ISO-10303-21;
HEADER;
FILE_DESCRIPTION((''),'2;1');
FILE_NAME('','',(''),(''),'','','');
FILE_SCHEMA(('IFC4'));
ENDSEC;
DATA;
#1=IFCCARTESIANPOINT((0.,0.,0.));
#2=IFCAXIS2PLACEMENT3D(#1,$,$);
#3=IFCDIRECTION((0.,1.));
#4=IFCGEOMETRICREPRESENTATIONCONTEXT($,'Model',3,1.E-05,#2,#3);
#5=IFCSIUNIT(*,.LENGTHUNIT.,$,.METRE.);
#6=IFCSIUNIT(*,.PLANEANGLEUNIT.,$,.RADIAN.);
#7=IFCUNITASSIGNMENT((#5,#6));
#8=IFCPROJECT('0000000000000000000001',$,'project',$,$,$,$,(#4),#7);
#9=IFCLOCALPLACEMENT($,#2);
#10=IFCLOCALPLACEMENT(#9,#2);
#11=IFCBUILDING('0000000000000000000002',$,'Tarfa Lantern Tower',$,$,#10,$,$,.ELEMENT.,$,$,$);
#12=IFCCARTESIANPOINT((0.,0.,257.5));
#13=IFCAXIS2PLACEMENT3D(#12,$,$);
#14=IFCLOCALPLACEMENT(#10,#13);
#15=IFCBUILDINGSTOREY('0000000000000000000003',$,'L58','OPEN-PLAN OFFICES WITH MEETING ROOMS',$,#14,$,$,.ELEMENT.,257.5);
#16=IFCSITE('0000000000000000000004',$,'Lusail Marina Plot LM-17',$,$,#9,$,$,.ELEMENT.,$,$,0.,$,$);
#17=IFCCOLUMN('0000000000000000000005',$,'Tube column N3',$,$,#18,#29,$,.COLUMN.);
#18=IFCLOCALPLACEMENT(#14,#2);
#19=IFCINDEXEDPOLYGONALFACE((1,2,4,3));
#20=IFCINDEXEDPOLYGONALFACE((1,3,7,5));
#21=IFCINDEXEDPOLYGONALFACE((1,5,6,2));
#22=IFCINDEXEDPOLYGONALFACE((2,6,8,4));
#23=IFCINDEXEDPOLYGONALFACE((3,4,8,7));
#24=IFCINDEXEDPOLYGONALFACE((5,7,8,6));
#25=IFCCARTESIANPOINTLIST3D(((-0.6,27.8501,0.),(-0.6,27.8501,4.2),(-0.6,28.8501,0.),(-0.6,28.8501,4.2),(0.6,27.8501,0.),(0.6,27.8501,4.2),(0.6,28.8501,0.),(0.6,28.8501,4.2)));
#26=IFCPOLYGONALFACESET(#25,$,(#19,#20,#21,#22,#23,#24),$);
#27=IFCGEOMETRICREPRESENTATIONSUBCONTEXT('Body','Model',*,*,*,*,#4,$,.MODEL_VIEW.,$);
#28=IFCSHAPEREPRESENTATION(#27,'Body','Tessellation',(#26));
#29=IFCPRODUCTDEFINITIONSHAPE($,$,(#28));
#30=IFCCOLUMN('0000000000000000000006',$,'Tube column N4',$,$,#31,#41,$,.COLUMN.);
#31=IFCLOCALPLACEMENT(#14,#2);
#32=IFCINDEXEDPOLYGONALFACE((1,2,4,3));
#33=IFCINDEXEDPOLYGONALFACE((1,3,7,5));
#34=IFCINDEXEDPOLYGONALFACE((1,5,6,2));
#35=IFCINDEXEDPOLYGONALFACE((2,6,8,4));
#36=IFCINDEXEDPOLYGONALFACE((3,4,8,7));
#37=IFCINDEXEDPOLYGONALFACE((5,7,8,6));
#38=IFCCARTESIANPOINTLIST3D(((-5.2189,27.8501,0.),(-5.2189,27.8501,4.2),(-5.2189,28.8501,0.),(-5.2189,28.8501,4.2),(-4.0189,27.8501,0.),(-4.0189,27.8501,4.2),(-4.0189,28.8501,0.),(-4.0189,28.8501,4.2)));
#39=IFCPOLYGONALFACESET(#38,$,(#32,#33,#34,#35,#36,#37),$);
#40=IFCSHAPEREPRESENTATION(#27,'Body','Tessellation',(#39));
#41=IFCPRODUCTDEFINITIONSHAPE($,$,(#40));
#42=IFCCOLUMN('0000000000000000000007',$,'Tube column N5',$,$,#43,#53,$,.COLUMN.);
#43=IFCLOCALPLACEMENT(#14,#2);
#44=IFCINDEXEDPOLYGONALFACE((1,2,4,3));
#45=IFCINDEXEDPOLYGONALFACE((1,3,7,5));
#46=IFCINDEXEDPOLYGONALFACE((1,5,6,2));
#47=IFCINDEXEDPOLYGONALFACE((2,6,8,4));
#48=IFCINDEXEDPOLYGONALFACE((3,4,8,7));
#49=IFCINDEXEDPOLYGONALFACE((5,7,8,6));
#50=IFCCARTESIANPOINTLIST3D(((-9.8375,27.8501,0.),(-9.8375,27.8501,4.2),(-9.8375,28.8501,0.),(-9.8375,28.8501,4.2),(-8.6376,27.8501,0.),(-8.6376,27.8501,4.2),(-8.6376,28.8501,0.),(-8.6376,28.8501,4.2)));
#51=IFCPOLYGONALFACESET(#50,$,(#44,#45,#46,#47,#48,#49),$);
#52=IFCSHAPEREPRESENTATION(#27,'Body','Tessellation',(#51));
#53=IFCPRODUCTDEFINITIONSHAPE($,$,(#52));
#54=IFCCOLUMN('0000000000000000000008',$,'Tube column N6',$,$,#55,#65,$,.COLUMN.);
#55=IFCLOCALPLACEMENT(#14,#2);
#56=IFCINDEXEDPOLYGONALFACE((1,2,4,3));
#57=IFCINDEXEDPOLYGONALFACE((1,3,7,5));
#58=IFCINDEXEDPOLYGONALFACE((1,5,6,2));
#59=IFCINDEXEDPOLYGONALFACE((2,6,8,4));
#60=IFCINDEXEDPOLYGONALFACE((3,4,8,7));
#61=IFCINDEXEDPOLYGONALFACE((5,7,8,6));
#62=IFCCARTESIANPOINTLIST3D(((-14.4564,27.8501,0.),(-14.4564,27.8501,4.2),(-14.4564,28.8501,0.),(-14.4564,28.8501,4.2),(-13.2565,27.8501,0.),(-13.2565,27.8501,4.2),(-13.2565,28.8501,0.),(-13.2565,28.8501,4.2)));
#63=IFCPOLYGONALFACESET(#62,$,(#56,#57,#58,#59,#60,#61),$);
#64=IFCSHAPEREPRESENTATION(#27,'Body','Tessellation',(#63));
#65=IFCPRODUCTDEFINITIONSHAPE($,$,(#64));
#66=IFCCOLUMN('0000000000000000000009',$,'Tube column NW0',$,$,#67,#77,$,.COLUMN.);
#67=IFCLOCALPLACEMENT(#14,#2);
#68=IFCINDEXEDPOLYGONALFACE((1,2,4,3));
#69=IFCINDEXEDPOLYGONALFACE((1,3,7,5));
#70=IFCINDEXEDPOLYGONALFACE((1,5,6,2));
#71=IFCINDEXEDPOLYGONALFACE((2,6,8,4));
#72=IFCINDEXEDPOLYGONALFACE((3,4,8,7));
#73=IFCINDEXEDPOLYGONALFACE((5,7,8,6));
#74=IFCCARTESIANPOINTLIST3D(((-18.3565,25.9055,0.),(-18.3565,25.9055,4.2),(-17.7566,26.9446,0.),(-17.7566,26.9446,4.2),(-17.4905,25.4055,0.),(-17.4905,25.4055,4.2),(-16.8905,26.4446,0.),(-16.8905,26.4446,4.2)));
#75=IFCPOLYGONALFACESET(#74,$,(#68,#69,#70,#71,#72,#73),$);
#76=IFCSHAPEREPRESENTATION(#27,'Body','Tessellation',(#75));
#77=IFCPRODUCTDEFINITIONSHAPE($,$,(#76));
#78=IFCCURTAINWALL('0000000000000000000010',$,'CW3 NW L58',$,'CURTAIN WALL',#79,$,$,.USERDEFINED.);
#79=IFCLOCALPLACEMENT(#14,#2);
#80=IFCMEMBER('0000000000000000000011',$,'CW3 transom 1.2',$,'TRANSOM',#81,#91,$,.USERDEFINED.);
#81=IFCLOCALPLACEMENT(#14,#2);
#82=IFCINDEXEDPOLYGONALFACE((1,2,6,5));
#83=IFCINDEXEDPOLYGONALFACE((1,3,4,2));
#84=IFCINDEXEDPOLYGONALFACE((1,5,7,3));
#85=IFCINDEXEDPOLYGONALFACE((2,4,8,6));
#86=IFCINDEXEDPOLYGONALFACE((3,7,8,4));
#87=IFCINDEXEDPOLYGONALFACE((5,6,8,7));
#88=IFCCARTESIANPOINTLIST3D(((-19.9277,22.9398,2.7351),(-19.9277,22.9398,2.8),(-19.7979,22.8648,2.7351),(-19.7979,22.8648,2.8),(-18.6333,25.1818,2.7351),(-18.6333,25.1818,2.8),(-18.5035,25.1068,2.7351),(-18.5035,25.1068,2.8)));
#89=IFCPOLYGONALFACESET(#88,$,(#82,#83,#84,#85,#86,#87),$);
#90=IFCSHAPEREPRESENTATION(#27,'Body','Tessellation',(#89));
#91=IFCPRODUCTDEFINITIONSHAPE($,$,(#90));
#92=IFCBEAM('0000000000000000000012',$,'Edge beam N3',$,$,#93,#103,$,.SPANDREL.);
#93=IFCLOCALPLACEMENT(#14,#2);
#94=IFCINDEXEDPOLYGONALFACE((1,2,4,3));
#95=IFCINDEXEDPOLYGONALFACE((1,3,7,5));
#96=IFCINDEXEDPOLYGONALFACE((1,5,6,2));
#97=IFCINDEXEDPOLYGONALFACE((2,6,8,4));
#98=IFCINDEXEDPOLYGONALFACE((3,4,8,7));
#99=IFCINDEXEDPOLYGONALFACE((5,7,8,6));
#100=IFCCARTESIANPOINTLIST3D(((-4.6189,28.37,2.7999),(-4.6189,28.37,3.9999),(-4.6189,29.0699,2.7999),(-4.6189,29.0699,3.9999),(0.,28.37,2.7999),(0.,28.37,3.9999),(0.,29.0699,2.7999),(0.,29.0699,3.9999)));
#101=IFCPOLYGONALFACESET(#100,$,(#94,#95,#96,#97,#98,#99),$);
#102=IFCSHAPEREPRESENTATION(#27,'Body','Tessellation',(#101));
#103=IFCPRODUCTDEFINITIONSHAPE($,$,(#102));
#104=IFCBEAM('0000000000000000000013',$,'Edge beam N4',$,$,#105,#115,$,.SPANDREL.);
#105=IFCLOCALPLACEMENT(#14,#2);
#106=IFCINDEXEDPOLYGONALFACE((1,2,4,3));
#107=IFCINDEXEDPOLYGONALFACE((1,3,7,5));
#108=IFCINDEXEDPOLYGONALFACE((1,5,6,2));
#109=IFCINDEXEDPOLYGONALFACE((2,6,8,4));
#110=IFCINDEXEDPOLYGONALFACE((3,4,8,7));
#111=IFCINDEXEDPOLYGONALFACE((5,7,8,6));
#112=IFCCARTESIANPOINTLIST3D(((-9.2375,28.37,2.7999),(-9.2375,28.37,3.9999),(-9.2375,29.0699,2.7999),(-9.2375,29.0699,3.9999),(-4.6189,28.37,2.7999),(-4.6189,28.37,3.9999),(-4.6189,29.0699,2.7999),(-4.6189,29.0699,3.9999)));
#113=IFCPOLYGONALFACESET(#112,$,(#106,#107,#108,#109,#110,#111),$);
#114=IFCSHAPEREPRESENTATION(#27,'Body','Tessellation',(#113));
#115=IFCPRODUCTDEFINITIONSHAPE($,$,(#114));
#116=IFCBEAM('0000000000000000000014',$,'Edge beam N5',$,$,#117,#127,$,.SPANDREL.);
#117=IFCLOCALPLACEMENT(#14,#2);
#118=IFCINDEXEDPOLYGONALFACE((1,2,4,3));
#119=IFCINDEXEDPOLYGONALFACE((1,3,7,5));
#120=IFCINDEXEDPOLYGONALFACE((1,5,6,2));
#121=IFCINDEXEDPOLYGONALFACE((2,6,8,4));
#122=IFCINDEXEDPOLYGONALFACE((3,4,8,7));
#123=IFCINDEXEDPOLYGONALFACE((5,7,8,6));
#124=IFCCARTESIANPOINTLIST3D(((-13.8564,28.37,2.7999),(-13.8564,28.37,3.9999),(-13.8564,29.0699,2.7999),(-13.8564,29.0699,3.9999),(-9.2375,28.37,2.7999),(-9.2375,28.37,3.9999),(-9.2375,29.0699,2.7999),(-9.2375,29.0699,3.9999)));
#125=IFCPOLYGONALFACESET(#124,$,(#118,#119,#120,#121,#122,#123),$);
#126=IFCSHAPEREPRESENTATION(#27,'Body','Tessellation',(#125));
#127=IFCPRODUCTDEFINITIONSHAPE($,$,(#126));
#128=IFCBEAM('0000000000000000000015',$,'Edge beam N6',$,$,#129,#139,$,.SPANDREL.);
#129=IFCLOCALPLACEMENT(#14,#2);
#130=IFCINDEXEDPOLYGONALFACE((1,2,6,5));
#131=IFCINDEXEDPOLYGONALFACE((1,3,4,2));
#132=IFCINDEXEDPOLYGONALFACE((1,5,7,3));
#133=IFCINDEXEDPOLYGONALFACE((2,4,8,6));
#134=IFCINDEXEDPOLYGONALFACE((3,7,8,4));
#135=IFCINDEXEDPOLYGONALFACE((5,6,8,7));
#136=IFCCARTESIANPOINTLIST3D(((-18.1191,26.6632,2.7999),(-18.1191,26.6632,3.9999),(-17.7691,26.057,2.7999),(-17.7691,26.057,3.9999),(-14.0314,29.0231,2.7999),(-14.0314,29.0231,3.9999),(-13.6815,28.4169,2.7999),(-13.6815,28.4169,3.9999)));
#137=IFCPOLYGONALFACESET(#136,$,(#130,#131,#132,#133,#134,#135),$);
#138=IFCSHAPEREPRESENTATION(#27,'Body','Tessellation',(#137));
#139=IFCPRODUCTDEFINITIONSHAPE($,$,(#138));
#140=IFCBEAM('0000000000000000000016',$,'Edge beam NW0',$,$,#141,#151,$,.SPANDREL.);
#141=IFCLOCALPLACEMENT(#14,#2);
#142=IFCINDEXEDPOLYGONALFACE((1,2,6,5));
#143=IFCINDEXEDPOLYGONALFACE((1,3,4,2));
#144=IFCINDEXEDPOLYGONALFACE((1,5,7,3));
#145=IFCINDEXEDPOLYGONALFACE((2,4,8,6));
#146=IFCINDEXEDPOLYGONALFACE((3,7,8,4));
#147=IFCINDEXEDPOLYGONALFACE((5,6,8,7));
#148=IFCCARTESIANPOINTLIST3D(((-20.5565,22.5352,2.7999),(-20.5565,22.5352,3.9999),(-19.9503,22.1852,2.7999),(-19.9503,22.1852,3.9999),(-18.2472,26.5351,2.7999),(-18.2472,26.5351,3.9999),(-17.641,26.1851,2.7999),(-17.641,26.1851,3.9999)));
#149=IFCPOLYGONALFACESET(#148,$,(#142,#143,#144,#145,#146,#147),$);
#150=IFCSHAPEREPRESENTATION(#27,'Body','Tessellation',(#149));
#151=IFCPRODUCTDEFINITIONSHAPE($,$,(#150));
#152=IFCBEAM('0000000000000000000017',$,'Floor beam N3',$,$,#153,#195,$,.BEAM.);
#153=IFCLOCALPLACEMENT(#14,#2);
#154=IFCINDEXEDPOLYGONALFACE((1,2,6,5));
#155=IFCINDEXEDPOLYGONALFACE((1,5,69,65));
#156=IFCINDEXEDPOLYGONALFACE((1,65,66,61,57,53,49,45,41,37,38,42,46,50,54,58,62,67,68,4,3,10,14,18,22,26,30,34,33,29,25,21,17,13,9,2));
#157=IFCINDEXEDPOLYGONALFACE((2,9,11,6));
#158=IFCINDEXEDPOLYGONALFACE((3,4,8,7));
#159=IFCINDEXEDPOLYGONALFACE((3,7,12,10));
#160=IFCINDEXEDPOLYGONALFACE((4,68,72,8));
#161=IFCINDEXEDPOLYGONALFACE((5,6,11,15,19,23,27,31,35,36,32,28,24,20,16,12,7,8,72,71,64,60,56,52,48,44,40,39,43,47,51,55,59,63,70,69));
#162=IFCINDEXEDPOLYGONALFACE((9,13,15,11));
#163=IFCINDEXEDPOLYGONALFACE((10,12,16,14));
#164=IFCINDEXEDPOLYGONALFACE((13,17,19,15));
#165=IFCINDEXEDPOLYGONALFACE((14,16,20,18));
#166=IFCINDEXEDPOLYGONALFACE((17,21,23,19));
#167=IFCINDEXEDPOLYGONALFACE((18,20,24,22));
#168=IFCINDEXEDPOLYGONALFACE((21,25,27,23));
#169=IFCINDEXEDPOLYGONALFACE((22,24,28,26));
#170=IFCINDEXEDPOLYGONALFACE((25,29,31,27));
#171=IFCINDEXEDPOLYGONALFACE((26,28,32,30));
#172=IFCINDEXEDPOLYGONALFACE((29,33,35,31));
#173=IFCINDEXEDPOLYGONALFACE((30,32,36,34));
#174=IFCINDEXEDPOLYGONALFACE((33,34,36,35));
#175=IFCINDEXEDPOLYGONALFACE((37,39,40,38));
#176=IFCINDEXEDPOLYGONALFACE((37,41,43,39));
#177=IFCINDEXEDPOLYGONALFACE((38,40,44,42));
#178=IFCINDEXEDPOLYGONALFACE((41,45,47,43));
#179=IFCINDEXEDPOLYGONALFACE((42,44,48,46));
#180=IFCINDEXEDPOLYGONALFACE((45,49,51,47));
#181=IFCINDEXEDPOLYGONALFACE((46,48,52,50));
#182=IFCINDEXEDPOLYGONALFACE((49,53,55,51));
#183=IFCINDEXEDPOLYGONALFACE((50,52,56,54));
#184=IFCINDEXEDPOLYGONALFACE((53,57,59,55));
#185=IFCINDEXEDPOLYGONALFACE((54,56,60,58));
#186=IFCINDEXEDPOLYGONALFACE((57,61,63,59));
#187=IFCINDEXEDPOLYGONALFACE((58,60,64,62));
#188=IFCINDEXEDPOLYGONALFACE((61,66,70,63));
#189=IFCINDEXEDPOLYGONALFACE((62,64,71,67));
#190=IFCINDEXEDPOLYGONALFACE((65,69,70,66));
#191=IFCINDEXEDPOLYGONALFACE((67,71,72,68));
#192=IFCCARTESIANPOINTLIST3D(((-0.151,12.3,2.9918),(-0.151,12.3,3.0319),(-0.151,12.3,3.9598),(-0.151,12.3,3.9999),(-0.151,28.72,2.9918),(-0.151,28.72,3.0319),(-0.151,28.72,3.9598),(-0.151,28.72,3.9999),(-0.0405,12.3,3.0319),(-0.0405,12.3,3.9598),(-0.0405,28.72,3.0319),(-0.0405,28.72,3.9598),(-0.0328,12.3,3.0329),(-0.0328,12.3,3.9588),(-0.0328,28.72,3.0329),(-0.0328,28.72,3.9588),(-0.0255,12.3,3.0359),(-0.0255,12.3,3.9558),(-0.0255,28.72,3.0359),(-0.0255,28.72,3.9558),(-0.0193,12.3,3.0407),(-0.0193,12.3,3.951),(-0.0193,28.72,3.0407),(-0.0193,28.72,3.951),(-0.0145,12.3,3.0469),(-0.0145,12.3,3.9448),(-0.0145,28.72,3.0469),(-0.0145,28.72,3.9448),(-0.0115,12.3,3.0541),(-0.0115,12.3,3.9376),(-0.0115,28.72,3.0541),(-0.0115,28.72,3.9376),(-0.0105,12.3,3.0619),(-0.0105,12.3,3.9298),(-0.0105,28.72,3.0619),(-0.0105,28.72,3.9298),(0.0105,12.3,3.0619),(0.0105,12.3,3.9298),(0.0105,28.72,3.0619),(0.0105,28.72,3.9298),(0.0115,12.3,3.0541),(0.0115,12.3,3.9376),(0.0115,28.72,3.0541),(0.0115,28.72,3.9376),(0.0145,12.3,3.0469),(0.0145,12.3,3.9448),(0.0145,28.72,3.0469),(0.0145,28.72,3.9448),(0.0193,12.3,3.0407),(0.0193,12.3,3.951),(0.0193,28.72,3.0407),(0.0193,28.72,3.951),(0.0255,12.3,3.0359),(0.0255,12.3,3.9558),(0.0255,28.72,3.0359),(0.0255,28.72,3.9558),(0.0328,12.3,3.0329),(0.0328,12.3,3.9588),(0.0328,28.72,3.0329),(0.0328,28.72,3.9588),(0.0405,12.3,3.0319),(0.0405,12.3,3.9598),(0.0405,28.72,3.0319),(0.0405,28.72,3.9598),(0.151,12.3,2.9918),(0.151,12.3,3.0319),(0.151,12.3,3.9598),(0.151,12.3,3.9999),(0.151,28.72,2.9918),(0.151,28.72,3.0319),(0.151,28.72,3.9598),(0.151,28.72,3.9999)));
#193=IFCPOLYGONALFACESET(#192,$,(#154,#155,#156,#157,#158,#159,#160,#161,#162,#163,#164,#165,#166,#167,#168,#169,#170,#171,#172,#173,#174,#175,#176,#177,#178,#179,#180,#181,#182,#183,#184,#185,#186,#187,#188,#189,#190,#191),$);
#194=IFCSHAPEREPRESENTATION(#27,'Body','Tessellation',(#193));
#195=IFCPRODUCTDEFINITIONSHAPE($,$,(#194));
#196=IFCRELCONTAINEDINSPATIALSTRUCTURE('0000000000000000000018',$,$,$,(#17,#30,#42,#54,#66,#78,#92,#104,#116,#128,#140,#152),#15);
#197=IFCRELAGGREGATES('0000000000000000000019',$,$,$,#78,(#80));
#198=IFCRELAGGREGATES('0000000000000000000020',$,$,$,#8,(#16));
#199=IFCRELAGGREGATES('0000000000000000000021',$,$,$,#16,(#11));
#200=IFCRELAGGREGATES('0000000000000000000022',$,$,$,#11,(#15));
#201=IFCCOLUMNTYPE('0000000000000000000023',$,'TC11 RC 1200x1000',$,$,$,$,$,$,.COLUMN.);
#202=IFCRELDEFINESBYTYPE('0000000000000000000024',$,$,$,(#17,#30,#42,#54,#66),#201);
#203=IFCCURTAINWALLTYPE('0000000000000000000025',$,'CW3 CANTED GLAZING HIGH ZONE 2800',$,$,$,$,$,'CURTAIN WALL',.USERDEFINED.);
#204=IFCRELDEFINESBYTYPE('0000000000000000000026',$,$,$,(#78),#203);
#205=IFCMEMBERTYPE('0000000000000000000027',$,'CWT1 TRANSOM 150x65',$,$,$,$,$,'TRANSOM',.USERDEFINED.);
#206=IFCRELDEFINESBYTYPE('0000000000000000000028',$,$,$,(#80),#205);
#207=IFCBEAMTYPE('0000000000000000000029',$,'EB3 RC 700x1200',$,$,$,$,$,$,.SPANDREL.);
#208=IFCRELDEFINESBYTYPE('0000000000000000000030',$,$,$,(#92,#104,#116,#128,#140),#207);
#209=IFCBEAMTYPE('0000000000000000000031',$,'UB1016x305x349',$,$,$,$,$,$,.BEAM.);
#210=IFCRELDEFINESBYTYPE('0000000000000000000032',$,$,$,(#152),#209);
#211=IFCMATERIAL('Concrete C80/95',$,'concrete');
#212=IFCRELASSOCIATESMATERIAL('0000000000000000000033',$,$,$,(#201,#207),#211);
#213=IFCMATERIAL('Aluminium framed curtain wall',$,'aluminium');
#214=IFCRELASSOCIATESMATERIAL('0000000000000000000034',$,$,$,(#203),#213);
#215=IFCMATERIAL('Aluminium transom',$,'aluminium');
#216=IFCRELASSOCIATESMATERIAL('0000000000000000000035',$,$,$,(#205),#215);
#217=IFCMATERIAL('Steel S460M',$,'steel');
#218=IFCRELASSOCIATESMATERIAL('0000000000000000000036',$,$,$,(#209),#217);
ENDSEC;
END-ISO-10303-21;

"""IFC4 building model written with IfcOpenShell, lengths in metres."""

from ifc_helpers import new_model, si_unit, direction, frame, origin, origin_2d, place, context, subcontext, project, spatial, rectangle, i_section, extrude, material, material_profile, profile_set, type_object, element, aggregate, save


model = new_model("IFC4")

# Units and contexts
model_context = context("Model", 3, precision=1e-05, world=origin(), true_north=direction((0.0, 1.0)))
body_context = subcontext(model_context, "Body", "Model", "MODEL_VIEW")
ifc_project = project(units=[si_unit("LENGTHUNIT", "METRE"), si_unit("PLANEANGLEUNIT", "RADIAN")], contexts=[model_context])

# Site, building, storey
site_placement = place(None, origin())
site = spatial("IfcSite", under=ifc_project, at=site_placement, Name="Lusail Marina Plot LM-17", CompositionType="ELEMENT", RefElevation=0.0)
building_placement = place(site_placement, origin())
building = spatial("IfcBuilding", under=site, at=building_placement, Name="Tarfa Lantern Tower", CompositionType="ELEMENT")
storey_placement = place(building_placement, frame((0.0, 0.0, 257.5)))
storey = spatial("IfcBuildingStorey", under=building, at=storey_placement, Name="L58", Description="OPEN-PLAN OFFICES WITH MEETING ROOMS", CompositionType="ELEMENT", Elevation=257.5)

# Columns
ifc_material_1 = material(Name="Concrete C80/95", Category="concrete")
ifc_material_profile_1 = material_profile(ifc_material_1, rectangle(XDim=1.2, YDim=1.0, at=origin_2d()), Name="RC 1200x1000")
ifc_profile_set_1 = profile_set([ifc_material_profile_1], Name="Concrete C80/95")
column_type = type_object("IfcColumnType", Name="TC11 RC 1200x1000", PredefinedType="COLUMN", material=ifc_profile_set_1)
for number, where, z_axis, x_axis, name in (
    (1, (0.0, 28.3501, 0.0), (0.0, 0.0, 1.0), (-1.0, 0.0, 0.0), "Tube column N3"),
    (2, (-4.6189, 28.3501, 0.0), (0.0, 0.0, 1.0), (-1.0, 0.0, 0.0), "Tube column N4"),
    (3, (-9.2375, 28.3501, 0.0), (0.0, 0.0, 1.0), (-1.0, 0.0, 0.0), "Tube column N5"),
    (4, (-13.8564, 28.3501, 0.0), (0.0, 0.0, 1.0), (-1.0, 0.0, 0.0), "Tube column N6"),
    (5, (-17.6235, 26.175, 0.0), (0.0, 0.0, 1.0), (-0.5, -0.866025, 0.0), "Tube column NW0"),
):
    element("IfcColumn", number, at=place(storey_placement, frame(where, z_axis=z_axis, x_axis=x_axis)), inside=storey, type_object=column_type, Name=name, PredefinedType="COLUMN", context=body_context, shape_type="SweptSolid", body=[
        extrude(rectangle(XDim=1.2, YDim=1.0, at=origin_2d()), origin(), (0.0, 0.0, 1.0), 4.2),
    ])

# Curtain wall, member
ifc_material_2 = material(Name="Aluminium framed curtain wall", Category="aluminium")
curtain_wall_type = type_object("IfcCurtainWallType", Name="CW3 CANTED GLAZING HIGH ZONE 2800", ElementType="CURTAIN WALL", PredefinedType="USERDEFINED", material=ifc_material_2)
curtain_wall_placement = place(storey_placement, origin())
curtain_wall = element("IfcCurtainWall", 6, at=curtain_wall_placement, inside=storey, type_object=curtain_wall_type, Name="CW3 NW L58", ObjectType="CURTAIN WALL", PredefinedType="USERDEFINED")
ifc_material_3 = material(Name="Aluminium transom", Category="aluminium")
ifc_material_profile_2 = material_profile(ifc_material_3, rectangle(XDim=0.1499, YDim=0.0649, at=origin_2d()), Name="AL TRANSOM 150x65")
ifc_profile_set_2 = profile_set([ifc_material_profile_2], Name="Aluminium transom")
member_type = type_object("IfcMemberType", Name="CWT1 TRANSOM 150x65", ElementType="TRANSOM", PredefinedType="USERDEFINED", material=ifc_profile_set_2)
member_placement = place(storey_placement, frame((-18.5684, 25.1443, 2.7676), z_axis=(-0.500014, -0.866018, 0.0), x_axis=(0.866018, -0.500014, 0.0)))
member = element("IfcMember", 7, at=member_placement, type_object=member_type, Name="CW3 transom 1.2", ObjectType="TRANSOM", PredefinedType="USERDEFINED", context=body_context, shape_type="SweptSolid", body=[
    extrude(rectangle(XDim=0.1499, YDim=0.0649, at=origin_2d()), origin(), (0.0, 0.0, 1.0), 2.5889),
])
aggregate(curtain_wall, [member])

# Beams
ifc_material_profile_3 = material_profile(ifc_material_1, rectangle(XDim=0.7, YDim=1.2, at=origin_2d()), Name="RC 700x1200")
ifc_profile_set_3 = profile_set([ifc_material_profile_3], Name="Concrete C80/95")
beam_type_1 = type_object("IfcBeamType", Name="EB3 RC 700x1200", PredefinedType="SPANDREL", material=ifc_profile_set_3)
beam_1_placement = place(storey_placement, frame((0.0, 28.72, 3.3999), z_axis=(-1.0, 0.0, 0.0), x_axis=(0.0, -1.0, 0.0)))
element("IfcBeam", 8, at=beam_1_placement, inside=storey, type_object=beam_type_1, Name="Edge beam N3", PredefinedType="SPANDREL", context=body_context, shape_type="SweptSolid", body=[
    extrude(rectangle(XDim=0.7, YDim=1.2, at=origin_2d()), origin(), (0.0, 0.0, 1.0), 4.6189),
])
beam_2_placement = place(storey_placement, frame((-4.6189, 28.72, 3.3999), z_axis=(-1.0, 0.0, 0.0), x_axis=(0.0, -1.0, 0.0)))
element("IfcBeam", 9, at=beam_2_placement, inside=storey, type_object=beam_type_1, Name="Edge beam N4", PredefinedType="SPANDREL", context=body_context, shape_type="SweptSolid", body=[
    extrude(rectangle(XDim=0.7, YDim=1.2, at=origin_2d()), origin(), (0.0, 0.0, 1.0), 4.6187),
])
beam_3_placement = place(storey_placement, frame((-9.2375, 28.72, 3.3999), z_axis=(-1.0, 0.0, 0.0), x_axis=(0.0, -1.0, 0.0)))
element("IfcBeam", 10, at=beam_3_placement, inside=storey, type_object=beam_type_1, Name="Edge beam N5", PredefinedType="SPANDREL", context=body_context, shape_type="SweptSolid", body=[
    extrude(rectangle(XDim=0.7, YDim=1.2, at=origin_2d()), origin(), (0.0, 0.0, 1.0), 4.6189),
])
beam_4_placement = place(storey_placement, frame((-13.8564, 28.72, 3.3999), z_axis=(-0.866038, -0.499978, 0.0), x_axis=(0.499978, -0.866038, 0.0)))
element("IfcBeam", 11, at=beam_4_placement, inside=storey, type_object=beam_type_1, Name="Edge beam N6", PredefinedType="SPANDREL", context=body_context, shape_type="SweptSolid", body=[
    extrude(rectangle(XDim=0.7, YDim=1.2, at=origin_2d()), origin(), (0.0, 0.0, 1.0), 4.72),
])
beam_5_placement = place(storey_placement, frame((-17.9441, 26.3601, 3.3999), z_axis=(-0.499988, -0.866032, 0.0), x_axis=(0.866032, -0.499988, 0.0)))
element("IfcBeam", 12, at=beam_5_placement, inside=storey, type_object=beam_type_1, Name="Edge beam NW0", PredefinedType="SPANDREL", context=body_context, shape_type="SweptSolid", body=[
    extrude(rectangle(XDim=0.7, YDim=1.2, at=origin_2d()), origin(), (0.0, 0.0, 1.0), 4.6187),
])
ifc_material_4 = material(Name="Steel S460M", Category="steel")
ifc_material_profile_4 = material_profile(ifc_material_4, i_section(OverallWidth=0.302, OverallDepth=1.0081, WebThickness=0.021, FlangeThickness=0.04, FilletRadius=0.03, at=origin_2d()), Name="UB1016x305x349")
ifc_profile_set_4 = profile_set([ifc_material_profile_4], Name="Steel S460M")
beam_type_2 = type_object("IfcBeamType", Name="UB1016x305x349", PredefinedType="BEAM", material=ifc_profile_set_4)
for number, where, z_axis, x_axis, name in (
    (13, (0.0, 28.72, 3.4958), (0.0, -1.0, 0.0), (1.0, 0.0, 0.0), "Floor beam N3"),
):
    element("IfcBeam", number, at=place(storey_placement, frame(where, z_axis=z_axis, x_axis=x_axis)), inside=storey, type_object=beam_type_2, Name=name, PredefinedType="BEAM", context=body_context, shape_type="SweptSolid", body=[
        extrude(i_section(OverallWidth=0.302, OverallDepth=1.0081, WebThickness=0.021, FlangeThickness=0.04, FilletRadius=0.03, at=origin_2d()), origin(), (0.0, 0.0, 1.0), 16.4199),
    ])

save(model, "model.ifc")
